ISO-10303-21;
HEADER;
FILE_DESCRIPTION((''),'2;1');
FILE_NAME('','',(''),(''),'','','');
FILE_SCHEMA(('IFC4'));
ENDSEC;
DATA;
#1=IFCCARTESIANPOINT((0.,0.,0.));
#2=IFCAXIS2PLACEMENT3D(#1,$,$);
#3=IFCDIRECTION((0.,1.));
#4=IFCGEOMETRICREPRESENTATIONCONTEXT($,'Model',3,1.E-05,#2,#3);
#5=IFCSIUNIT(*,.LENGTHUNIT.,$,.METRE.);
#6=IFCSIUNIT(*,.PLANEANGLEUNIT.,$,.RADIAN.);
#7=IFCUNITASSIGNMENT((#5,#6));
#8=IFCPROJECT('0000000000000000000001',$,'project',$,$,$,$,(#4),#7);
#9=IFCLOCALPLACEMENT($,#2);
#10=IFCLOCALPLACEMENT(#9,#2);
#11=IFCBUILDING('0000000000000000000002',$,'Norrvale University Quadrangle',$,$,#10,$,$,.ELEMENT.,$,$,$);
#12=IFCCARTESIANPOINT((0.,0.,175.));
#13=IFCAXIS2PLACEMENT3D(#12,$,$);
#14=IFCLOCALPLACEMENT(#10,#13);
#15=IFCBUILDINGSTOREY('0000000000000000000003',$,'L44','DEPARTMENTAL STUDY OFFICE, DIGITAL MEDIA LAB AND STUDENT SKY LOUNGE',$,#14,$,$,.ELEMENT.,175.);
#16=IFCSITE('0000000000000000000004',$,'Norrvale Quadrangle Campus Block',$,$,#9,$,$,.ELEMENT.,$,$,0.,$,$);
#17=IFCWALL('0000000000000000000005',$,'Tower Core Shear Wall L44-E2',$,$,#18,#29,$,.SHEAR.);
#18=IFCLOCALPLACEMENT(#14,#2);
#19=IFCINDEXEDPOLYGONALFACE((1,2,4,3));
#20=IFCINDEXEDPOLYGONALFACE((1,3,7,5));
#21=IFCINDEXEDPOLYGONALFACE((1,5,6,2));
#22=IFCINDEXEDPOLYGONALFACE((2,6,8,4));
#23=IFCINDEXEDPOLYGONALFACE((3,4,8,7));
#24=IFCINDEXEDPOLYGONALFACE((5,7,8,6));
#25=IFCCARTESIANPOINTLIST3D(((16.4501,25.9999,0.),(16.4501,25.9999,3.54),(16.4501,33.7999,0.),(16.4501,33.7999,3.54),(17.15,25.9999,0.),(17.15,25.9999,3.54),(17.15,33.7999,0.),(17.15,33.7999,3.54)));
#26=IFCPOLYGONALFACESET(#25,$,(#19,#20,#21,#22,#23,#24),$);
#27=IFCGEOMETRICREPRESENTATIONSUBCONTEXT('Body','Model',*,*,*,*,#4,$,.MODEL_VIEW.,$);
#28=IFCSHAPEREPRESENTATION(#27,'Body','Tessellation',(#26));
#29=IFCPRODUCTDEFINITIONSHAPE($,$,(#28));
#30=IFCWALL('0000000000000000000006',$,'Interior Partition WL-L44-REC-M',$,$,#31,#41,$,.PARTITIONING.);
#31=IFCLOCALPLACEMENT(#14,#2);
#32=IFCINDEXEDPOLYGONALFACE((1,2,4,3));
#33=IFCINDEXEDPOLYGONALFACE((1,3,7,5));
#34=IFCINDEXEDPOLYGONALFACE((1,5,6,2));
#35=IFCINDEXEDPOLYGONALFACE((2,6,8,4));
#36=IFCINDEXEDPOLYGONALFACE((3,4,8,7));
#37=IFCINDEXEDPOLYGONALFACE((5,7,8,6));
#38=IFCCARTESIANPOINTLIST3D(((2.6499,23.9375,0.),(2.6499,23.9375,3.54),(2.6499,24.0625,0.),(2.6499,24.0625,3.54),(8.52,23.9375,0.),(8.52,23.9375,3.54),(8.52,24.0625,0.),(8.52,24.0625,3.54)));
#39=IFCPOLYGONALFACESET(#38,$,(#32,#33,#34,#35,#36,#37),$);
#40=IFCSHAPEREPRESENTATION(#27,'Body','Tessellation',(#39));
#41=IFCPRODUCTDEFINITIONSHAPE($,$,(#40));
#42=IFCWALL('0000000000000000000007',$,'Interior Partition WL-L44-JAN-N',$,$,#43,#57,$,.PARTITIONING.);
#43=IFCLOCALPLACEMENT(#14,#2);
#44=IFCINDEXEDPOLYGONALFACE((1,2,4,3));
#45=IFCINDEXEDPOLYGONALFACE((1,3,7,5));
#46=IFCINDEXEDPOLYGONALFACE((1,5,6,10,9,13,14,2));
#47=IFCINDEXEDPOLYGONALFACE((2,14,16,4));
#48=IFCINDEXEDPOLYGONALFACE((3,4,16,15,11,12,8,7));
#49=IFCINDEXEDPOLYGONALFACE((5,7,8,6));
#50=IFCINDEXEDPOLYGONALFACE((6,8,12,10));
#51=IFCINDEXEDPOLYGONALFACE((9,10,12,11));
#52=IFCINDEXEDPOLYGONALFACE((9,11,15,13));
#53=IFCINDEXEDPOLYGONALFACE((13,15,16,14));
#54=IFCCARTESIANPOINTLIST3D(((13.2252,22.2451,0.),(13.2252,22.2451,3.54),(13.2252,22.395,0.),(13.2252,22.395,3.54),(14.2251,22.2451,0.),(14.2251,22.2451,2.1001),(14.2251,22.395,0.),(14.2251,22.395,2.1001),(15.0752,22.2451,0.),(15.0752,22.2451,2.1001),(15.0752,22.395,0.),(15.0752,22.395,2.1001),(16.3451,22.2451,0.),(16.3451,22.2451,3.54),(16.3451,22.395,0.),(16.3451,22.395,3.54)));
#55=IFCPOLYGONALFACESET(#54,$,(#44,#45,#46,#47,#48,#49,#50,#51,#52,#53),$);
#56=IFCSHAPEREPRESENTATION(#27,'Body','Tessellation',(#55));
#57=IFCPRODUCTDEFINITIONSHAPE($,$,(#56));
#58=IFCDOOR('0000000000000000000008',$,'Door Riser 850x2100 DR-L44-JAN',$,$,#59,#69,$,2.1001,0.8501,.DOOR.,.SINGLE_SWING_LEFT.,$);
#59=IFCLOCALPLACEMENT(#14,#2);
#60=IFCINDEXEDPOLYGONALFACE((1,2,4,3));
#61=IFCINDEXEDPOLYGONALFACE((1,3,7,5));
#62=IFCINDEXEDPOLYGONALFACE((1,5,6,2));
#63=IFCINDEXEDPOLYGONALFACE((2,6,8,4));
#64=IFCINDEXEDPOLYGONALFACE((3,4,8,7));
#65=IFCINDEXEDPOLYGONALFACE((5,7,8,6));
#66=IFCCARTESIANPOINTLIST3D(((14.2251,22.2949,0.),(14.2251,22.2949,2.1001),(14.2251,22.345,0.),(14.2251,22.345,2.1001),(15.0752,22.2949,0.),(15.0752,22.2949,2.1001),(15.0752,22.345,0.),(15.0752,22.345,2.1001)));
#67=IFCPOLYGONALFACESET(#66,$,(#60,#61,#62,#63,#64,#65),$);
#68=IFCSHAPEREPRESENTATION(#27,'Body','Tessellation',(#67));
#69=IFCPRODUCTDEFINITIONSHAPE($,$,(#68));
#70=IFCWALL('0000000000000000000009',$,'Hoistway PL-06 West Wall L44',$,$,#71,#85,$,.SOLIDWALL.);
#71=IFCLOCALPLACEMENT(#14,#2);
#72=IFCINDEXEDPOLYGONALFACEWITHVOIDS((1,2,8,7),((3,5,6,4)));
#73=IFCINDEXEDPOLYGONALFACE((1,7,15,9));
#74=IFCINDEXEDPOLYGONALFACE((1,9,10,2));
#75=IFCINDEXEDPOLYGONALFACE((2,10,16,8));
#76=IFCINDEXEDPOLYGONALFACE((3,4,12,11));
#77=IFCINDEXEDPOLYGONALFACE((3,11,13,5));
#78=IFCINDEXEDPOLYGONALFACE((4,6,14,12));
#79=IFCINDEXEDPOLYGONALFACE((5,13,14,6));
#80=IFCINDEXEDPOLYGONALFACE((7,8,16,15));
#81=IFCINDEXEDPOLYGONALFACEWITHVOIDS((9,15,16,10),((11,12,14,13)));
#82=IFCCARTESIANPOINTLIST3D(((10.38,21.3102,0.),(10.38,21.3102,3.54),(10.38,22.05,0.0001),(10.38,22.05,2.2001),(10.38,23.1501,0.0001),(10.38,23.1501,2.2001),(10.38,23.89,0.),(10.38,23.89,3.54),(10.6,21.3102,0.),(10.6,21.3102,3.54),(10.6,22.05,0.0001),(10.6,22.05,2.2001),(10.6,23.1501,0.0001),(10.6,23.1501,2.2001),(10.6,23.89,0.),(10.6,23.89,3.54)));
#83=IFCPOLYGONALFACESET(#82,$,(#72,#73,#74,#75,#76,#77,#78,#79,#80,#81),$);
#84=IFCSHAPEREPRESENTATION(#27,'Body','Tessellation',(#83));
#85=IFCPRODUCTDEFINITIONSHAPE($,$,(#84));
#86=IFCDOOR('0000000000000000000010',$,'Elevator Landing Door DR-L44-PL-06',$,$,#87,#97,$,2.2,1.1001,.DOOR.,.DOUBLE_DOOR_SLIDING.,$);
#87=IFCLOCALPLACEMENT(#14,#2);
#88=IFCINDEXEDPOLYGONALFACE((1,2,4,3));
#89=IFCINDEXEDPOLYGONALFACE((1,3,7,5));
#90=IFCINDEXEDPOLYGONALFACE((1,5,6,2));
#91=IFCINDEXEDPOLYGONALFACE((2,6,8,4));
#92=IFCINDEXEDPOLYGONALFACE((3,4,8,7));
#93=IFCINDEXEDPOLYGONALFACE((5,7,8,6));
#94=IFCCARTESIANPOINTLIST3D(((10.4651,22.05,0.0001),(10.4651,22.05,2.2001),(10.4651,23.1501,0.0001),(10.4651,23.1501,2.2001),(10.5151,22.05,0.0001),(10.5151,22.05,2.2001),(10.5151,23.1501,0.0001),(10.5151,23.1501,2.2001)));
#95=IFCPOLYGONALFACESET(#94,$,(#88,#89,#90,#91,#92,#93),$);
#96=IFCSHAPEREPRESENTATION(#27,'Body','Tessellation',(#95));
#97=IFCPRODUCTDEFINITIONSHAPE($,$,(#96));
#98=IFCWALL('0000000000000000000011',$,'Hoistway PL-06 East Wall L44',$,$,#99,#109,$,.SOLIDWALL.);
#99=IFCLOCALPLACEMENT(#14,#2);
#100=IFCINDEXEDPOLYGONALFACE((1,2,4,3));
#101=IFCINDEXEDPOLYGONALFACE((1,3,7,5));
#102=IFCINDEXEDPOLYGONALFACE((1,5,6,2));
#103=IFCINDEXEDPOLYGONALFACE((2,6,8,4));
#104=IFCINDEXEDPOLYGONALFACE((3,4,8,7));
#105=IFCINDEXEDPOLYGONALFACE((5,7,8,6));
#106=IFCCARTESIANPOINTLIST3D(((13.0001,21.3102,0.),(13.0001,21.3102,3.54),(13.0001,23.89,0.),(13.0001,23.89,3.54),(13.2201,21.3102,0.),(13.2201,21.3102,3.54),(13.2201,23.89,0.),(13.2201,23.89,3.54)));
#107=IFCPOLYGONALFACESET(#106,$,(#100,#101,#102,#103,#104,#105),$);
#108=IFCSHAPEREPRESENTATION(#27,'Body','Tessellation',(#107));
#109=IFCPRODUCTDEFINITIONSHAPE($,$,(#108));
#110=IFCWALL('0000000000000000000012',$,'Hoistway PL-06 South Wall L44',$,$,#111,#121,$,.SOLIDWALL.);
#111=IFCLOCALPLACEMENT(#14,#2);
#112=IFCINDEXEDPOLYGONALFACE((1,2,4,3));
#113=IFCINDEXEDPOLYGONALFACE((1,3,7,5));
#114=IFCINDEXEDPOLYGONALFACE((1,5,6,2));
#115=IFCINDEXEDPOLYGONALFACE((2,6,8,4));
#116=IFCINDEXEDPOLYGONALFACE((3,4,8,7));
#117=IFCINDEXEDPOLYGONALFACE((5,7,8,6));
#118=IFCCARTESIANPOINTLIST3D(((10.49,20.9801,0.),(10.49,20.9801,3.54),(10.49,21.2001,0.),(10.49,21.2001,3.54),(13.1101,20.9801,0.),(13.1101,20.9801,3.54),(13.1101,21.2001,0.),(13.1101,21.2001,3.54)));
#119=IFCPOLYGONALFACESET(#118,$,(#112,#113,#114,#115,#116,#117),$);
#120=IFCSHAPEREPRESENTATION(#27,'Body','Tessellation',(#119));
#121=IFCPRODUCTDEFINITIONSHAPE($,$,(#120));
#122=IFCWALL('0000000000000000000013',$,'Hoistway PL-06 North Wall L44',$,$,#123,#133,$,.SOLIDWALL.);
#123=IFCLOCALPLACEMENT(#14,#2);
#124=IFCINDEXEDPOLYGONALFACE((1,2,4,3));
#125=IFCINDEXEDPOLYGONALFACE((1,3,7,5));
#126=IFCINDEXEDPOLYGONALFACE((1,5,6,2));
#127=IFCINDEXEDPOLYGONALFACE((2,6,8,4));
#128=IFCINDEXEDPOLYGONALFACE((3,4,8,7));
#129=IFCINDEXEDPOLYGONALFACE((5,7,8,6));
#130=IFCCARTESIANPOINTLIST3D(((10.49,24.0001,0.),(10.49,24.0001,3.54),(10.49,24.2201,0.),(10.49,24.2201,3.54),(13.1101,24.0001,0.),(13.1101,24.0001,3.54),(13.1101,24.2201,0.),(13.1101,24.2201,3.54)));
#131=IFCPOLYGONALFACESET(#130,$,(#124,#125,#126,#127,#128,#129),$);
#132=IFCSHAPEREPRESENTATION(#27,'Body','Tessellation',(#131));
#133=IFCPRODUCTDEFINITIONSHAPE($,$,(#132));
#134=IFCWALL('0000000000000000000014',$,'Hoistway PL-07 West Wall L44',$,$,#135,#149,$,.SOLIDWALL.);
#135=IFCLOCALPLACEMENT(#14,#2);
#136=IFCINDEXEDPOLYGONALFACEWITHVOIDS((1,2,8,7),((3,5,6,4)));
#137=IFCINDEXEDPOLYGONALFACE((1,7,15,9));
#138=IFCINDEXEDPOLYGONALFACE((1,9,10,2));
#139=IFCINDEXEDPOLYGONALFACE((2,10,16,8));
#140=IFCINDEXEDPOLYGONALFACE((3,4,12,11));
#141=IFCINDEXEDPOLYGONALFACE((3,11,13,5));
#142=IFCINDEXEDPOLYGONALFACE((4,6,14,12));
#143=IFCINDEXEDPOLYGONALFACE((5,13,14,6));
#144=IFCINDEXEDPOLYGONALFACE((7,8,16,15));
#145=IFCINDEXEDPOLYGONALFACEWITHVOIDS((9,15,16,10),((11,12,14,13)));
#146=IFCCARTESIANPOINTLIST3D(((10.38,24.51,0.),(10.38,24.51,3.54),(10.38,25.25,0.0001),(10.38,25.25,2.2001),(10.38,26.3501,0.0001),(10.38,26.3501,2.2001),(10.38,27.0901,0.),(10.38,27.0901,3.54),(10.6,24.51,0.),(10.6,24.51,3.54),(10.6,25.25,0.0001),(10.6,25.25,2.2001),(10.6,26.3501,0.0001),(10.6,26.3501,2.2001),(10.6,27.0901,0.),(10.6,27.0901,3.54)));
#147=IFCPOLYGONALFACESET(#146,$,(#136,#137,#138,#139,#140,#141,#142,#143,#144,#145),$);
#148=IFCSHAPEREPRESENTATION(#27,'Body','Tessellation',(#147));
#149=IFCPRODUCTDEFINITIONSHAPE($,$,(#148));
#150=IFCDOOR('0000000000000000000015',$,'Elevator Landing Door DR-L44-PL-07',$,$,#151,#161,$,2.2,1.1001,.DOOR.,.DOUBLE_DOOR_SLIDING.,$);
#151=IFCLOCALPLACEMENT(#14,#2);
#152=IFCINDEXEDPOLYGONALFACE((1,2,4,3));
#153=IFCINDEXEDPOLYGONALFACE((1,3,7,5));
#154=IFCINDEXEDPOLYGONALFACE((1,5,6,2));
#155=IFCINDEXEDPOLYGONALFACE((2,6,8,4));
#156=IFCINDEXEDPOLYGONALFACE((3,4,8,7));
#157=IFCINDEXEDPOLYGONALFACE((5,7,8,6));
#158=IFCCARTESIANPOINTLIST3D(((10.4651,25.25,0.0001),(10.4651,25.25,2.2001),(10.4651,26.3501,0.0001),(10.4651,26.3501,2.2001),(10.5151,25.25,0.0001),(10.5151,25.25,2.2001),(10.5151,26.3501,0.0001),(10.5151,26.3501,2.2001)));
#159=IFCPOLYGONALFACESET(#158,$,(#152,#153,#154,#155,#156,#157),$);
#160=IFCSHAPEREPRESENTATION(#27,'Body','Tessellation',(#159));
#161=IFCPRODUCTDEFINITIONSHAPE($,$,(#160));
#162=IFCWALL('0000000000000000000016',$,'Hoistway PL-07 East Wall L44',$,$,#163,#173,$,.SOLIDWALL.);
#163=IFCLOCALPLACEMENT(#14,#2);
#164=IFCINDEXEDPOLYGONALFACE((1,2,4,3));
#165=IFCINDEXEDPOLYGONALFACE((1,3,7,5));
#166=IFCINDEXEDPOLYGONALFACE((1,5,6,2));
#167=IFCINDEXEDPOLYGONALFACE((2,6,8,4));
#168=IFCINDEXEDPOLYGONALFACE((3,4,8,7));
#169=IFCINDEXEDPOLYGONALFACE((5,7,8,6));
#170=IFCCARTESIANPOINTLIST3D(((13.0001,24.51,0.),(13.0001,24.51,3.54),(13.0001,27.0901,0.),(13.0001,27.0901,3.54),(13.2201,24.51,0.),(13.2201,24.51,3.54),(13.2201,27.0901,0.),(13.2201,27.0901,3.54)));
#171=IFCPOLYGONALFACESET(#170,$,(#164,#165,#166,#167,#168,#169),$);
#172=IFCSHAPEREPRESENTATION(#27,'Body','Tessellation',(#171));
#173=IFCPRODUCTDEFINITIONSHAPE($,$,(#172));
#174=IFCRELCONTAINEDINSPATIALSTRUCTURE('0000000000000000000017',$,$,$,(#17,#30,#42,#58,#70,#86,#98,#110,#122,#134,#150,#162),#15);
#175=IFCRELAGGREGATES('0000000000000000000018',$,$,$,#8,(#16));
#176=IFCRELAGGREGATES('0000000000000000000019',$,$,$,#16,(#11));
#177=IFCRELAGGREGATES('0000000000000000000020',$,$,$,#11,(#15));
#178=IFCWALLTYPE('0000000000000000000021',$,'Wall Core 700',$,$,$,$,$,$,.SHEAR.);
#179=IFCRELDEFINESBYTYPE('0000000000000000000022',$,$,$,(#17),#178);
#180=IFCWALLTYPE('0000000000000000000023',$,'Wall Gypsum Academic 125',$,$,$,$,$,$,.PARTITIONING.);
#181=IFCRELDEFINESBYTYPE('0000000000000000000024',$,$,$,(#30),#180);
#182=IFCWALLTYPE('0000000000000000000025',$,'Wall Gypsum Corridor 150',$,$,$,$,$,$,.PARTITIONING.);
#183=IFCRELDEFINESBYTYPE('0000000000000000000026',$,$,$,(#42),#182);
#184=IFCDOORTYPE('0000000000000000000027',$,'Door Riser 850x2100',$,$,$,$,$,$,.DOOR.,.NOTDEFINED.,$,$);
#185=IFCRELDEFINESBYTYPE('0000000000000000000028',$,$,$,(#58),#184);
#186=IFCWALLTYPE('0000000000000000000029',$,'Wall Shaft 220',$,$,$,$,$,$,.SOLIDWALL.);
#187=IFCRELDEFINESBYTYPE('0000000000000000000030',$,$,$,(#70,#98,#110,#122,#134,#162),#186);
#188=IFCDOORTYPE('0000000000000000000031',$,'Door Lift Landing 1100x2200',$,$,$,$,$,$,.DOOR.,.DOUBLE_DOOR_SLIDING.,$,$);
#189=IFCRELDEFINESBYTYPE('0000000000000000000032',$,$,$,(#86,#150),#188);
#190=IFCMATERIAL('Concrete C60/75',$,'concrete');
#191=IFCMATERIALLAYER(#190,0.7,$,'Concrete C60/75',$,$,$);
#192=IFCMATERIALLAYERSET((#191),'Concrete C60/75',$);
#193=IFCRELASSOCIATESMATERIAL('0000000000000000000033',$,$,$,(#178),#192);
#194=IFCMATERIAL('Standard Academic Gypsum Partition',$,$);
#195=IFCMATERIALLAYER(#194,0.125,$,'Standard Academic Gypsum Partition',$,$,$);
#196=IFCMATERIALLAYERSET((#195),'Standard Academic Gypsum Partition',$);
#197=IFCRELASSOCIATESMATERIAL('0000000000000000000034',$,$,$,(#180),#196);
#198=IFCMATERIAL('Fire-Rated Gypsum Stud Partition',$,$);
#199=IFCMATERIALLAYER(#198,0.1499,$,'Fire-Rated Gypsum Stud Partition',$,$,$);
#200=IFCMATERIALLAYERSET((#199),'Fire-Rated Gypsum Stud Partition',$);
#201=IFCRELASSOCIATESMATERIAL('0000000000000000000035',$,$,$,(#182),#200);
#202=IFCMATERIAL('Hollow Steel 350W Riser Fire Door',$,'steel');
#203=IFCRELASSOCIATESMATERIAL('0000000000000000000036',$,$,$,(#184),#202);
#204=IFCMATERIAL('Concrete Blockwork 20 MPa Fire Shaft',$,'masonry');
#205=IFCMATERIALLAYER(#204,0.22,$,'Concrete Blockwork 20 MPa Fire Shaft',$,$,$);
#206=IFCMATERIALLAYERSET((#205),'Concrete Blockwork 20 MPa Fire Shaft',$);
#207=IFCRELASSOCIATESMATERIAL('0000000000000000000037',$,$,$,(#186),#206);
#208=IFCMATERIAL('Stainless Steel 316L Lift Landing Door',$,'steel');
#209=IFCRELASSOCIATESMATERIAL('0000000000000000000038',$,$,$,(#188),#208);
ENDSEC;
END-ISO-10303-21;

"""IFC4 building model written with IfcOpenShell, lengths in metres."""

from ifc_helpers import new_model, si_unit, direction, frame, frame_2d, origin, place, context, subcontext, project, spatial, rectangle, extrude, material, layer, layer_set, type_object, element, fill, save


model = new_model("IFC4")

# Units and contexts
model_context = context("Model", 3, precision=1e-05, world=origin(), true_north=direction((0.0, 1.0)))
body_context = subcontext(model_context, "Body", "Model", "MODEL_VIEW")
ifc_project = project(units=[si_unit("LENGTHUNIT", "METRE"), si_unit("PLANEANGLEUNIT", "RADIAN")], contexts=[model_context])

# Site, building, storey
site_placement = place(None, origin())
site = spatial("IfcSite", under=ifc_project, at=site_placement, Name="Norrvale Quadrangle Campus Block", CompositionType="ELEMENT", RefElevation=0.0)
building_placement = place(site_placement, origin())
building = spatial("IfcBuilding", under=site, at=building_placement, Name="Norrvale University Quadrangle", CompositionType="ELEMENT")
storey_placement = place(building_placement, frame((0.0, 0.0, 175.0)))
storey = spatial("IfcBuildingStorey", under=building, at=storey_placement, Name="L44", Description="DEPARTMENTAL STUDY OFFICE, DIGITAL MEDIA LAB AND STUDENT SKY LOUNGE", CompositionType="ELEMENT", Elevation=175.0)

# Shared definitions
ifc_material_1 = material(Name="Concrete C60/75", Category="concrete")

# Walls
ifc_layer_1 = layer(ifc_material_1, 0.7, Name="Concrete C60/75")
ifc_layer_set_1 = layer_set([ifc_layer_1], Name="Concrete C60/75")
wall_type_1 = type_object("IfcWallType", Name="Wall Core 700", PredefinedType="SHEAR", material=ifc_layer_set_1)
wall_1_placement = place(storey_placement, frame((16.8, 26.0, 0.0), z_axis=(0.0, 0.0, 1.0), x_axis=(0.0, 1.0, 0.0)))
element("IfcWall", 1, at=wall_1_placement, inside=storey, type_object=wall_type_1, Name="Tower Core Shear Wall L44-E2", PredefinedType="SHEAR", context=body_context, shape_type="SweptSolid", body=[
    extrude(rectangle(XDim=7.8, YDim=0.7, at=frame_2d((3.8999, 0.0))), origin(), (0.0, 0.0, 1.0), 3.54),
])
ifc_material_2 = material(Name="Standard Academic Gypsum Partition")
ifc_layer_2 = layer(ifc_material_2, 0.125, Name="Standard Academic Gypsum Partition")
ifc_layer_set_2 = layer_set([ifc_layer_2], Name="Standard Academic Gypsum Partition")
wall_type_2 = type_object("IfcWallType", Name="Wall Gypsum Academic 125", PredefinedType="PARTITIONING", material=ifc_layer_set_2)
wall_2_placement = place(storey_placement, frame((2.6499, 24.0, 0.0), z_axis=(0.0, 0.0, 1.0), x_axis=(1.0, 0.0, 0.0)))
element("IfcWall", 2, at=wall_2_placement, inside=storey, type_object=wall_type_2, Name="Interior Partition WL-L44-REC-M", PredefinedType="PARTITIONING", context=body_context, shape_type="SweptSolid", body=[
    extrude(rectangle(XDim=5.8701, YDim=0.125, at=frame_2d((2.9351, 0.0))), origin(), (0.0, 0.0, 1.0), 3.54),
])

# Walls, openings, doors
ifc_material_3 = material(Name="Fire-Rated Gypsum Stud Partition")
ifc_layer_3 = layer(ifc_material_3, 0.1499, Name="Fire-Rated Gypsum Stud Partition")
ifc_layer_set_3 = layer_set([ifc_layer_3], Name="Fire-Rated Gypsum Stud Partition")
wall_type_3 = type_object("IfcWallType", Name="Wall Gypsum Corridor 150", PredefinedType="PARTITIONING", material=ifc_layer_set_3)
wall_3_placement = place(storey_placement, frame((13.2251, 22.3201, 0.0), z_axis=(0.0, 0.0, 1.0), x_axis=(1.0, 0.0, 0.0)))
wall_3 = element("IfcWall", 3, at=wall_3_placement, inside=storey, type_object=wall_type_3, Name="Interior Partition WL-L44-JAN-N", PredefinedType="PARTITIONING", context=body_context, shape_type="SweptSolid", body=[
    extrude(rectangle(XDim=3.1199, YDim=0.1499, at=frame_2d((1.5601, 0.0))), origin(), (0.0, 0.0, 1.0), 3.54),
])
opening_1_placement = place(wall_3_placement, frame((1.0, 0.0, 0.0)))
opening_1 = element("IfcOpeningElement", 4, at=opening_1_placement, cuts=wall_3, PredefinedType="OPENING", context=body_context, shape_type="SweptSolid", body=[
    extrude(rectangle(XDim=0.8501, YDim=2.1001, at=frame_2d((0.425, 1.05))), frame((0.0, 0.0869, 0.0), z_axis=(0.0, -1.0, 0.0), x_axis=(1.0, 0.0, 0.0)), (0.0, 0.0, 1.0), 0.1738),
])
ifc_material_4 = material(Name="Hollow Steel 350W Riser Fire Door", Category="steel")
door_type_1 = type_object("IfcDoorType", Name="Door Riser 850x2100", OperationType="NOTDEFINED", PredefinedType="DOOR", material=ifc_material_4)
door_1_placement = place(opening_1_placement, origin())
door_1 = element("IfcDoor", 5, at=door_1_placement, inside=storey, type_object=door_type_1, Name="Door Riser 850x2100 DR-L44-JAN", OperationType="SINGLE_SWING_LEFT", OverallHeight=2.1001, OverallWidth=0.8501, PredefinedType="DOOR", context=body_context, shape_type="SweptSolid", body=[
    extrude(rectangle(XDim=0.8501, YDim=2.1001, at=frame_2d((0.425, 1.05))), frame((0.0, 0.0249, 0.0), z_axis=(0.0, -1.0, 0.0), x_axis=(1.0, 0.0, 0.0)), (0.0, 0.0, 1.0), 0.05),
])
fill(opening_1, door_1)
ifc_material_5 = material(Name="Concrete Blockwork 20 MPa Fire Shaft", Category="masonry")
ifc_layer_4 = layer(ifc_material_5, 0.22, Name="Concrete Blockwork 20 MPa Fire Shaft")
ifc_layer_set_4 = layer_set([ifc_layer_4], Name="Concrete Blockwork 20 MPa Fire Shaft")
wall_type_4 = type_object("IfcWallType", Name="Wall Shaft 220", PredefinedType="SOLIDWALL", material=ifc_layer_set_4)
wall_4_placement = place(storey_placement, frame((10.49, 21.3101, 0.0), z_axis=(0.0, 0.0, 1.0), x_axis=(0.0, 1.0, 0.0)))
wall_4 = element("IfcWall", 6, at=wall_4_placement, inside=storey, type_object=wall_type_4, Name="Hoistway PL-06 West Wall L44", PredefinedType="SOLIDWALL", context=body_context, shape_type="SweptSolid", body=[
    extrude(rectangle(XDim=2.5798, YDim=0.22, at=frame_2d((1.29, 0.0))), origin(), (0.0, 0.0, 1.0), 3.54),
])
opening_2_placement = place(wall_4_placement, frame((0.74, 0.0, 0.0)))
opening_2 = element("IfcOpeningElement", 7, at=opening_2_placement, cuts=wall_4, PredefinedType="OPENING", context=body_context, shape_type="SweptSolid", body=[
    extrude(rectangle(XDim=1.1001, YDim=2.2, at=frame_2d((0.55, 1.1001))), frame((0.0, 0.1221, 0.0), z_axis=(0.0, -1.0, 0.0), x_axis=(1.0, 0.0, 0.0)), (0.0, 0.0, 1.0), 0.2439),
])
ifc_material_6 = material(Name="Stainless Steel 316L Lift Landing Door", Category="steel")
door_type_2 = type_object("IfcDoorType", Name="Door Lift Landing 1100x2200", OperationType="DOUBLE_DOOR_SLIDING", PredefinedType="DOOR", material=ifc_material_6)
door_2_placement = place(opening_2_placement, origin())
door_2 = element("IfcDoor", 8, at=door_2_placement, inside=storey, type_object=door_type_2, Name="Elevator Landing Door DR-L44-PL-06", OperationType="DOUBLE_DOOR_SLIDING", OverallHeight=2.2, OverallWidth=1.1001, PredefinedType="DOOR", context=body_context, shape_type="SweptSolid", body=[
    extrude(rectangle(XDim=1.1001, YDim=2.2, at=frame_2d((0.55, 1.1001))), frame((0.0, 0.0249, 0.0), z_axis=(0.0, -1.0, 0.0), x_axis=(1.0, 0.0, 0.0)), (0.0, 0.0, 1.0), 0.05),
])
fill(opening_2, door_2)

# Walls
wall_5_placement = place(storey_placement, frame((13.1101, 21.3101, 0.0), z_axis=(0.0, 0.0, 1.0), x_axis=(0.0, 1.0, 0.0)))
element("IfcWall", 9, at=wall_5_placement, inside=storey, type_object=wall_type_4, Name="Hoistway PL-06 East Wall L44", PredefinedType="SOLIDWALL", context=body_context, shape_type="SweptSolid", body=[
    extrude(rectangle(XDim=2.5798, YDim=0.22, at=frame_2d((1.29, 0.0))), origin(), (0.0, 0.0, 1.0), 3.54),
])
for number, where, z_axis, x_axis, name in (
    (10, (10.49, 21.0901, 0.0), (0.0, 0.0, 1.0), (1.0, 0.0, 0.0), "Hoistway PL-06 South Wall L44"),
    (11, (10.49, 24.1101, 0.0), (0.0, 0.0, 1.0), (1.0, 0.0, 0.0), "Hoistway PL-06 North Wall L44"),
):
    element("IfcWall", number, at=place(storey_placement, frame(where, z_axis=z_axis, x_axis=x_axis)), inside=storey, type_object=wall_type_4, Name=name, PredefinedType="SOLIDWALL", context=body_context, shape_type="SweptSolid", body=[
        extrude(rectangle(XDim=2.6201, YDim=0.22, at=frame_2d((1.3101, 0.0))), origin(), (0.0, 0.0, 1.0), 3.54),
    ])

# Wall, opening, door
wall_6_placement = place(storey_placement, frame((10.49, 24.51, 0.0), z_axis=(0.0, 0.0, 1.0), x_axis=(0.0, 1.0, 0.0)))
wall_6 = element("IfcWall", 12, at=wall_6_placement, inside=storey, type_object=wall_type_4, Name="Hoistway PL-07 West Wall L44", PredefinedType="SOLIDWALL", context=body_context, shape_type="SweptSolid", body=[
    extrude(rectangle(XDim=2.5801, YDim=0.22, at=frame_2d((1.29, 0.0))), origin(), (0.0, 0.0, 1.0), 3.54),
])
opening_3_placement = place(wall_6_placement, frame((0.74, 0.0, 0.0)))
opening_3 = element("IfcOpeningElement", 13, at=opening_3_placement, cuts=wall_6, PredefinedType="OPENING", context=body_context, shape_type="SweptSolid", body=[
    extrude(rectangle(XDim=1.1001, YDim=2.2, at=frame_2d((0.55, 1.1001))), frame((0.0, 0.1221, 0.0), z_axis=(0.0, -1.0, 0.0), x_axis=(1.0, 0.0, 0.0)), (0.0, 0.0, 1.0), 0.2439),
])
door_3_placement = place(opening_3_placement, origin())
door_3 = element("IfcDoor", 14, at=door_3_placement, inside=storey, type_object=door_type_2, Name="Elevator Landing Door DR-L44-PL-07", OperationType="DOUBLE_DOOR_SLIDING", OverallHeight=2.2, OverallWidth=1.1001, PredefinedType="DOOR", context=body_context, shape_type="SweptSolid", body=[
    extrude(rectangle(XDim=1.1001, YDim=2.2, at=frame_2d((0.55, 1.1001))), frame((0.0, 0.0249, 0.0), z_axis=(0.0, -1.0, 0.0), x_axis=(1.0, 0.0, 0.0)), (0.0, 0.0, 1.0), 0.05),
])
fill(opening_3, door_3)

# Wall
wall_7_placement = place(storey_placement, frame((13.1101, 24.51, 0.0), z_axis=(0.0, 0.0, 1.0), x_axis=(0.0, 1.0, 0.0)))
element("IfcWall", 15, at=wall_7_placement, inside=storey, type_object=wall_type_4, Name="Hoistway PL-07 East Wall L44", PredefinedType="SOLIDWALL", context=body_context, shape_type="SweptSolid", body=[
    extrude(rectangle(XDim=2.5801, YDim=0.22, at=frame_2d((1.29, 0.0))), origin(), (0.0, 0.0, 1.0), 3.54),
])

save(model, "model.ifc")
